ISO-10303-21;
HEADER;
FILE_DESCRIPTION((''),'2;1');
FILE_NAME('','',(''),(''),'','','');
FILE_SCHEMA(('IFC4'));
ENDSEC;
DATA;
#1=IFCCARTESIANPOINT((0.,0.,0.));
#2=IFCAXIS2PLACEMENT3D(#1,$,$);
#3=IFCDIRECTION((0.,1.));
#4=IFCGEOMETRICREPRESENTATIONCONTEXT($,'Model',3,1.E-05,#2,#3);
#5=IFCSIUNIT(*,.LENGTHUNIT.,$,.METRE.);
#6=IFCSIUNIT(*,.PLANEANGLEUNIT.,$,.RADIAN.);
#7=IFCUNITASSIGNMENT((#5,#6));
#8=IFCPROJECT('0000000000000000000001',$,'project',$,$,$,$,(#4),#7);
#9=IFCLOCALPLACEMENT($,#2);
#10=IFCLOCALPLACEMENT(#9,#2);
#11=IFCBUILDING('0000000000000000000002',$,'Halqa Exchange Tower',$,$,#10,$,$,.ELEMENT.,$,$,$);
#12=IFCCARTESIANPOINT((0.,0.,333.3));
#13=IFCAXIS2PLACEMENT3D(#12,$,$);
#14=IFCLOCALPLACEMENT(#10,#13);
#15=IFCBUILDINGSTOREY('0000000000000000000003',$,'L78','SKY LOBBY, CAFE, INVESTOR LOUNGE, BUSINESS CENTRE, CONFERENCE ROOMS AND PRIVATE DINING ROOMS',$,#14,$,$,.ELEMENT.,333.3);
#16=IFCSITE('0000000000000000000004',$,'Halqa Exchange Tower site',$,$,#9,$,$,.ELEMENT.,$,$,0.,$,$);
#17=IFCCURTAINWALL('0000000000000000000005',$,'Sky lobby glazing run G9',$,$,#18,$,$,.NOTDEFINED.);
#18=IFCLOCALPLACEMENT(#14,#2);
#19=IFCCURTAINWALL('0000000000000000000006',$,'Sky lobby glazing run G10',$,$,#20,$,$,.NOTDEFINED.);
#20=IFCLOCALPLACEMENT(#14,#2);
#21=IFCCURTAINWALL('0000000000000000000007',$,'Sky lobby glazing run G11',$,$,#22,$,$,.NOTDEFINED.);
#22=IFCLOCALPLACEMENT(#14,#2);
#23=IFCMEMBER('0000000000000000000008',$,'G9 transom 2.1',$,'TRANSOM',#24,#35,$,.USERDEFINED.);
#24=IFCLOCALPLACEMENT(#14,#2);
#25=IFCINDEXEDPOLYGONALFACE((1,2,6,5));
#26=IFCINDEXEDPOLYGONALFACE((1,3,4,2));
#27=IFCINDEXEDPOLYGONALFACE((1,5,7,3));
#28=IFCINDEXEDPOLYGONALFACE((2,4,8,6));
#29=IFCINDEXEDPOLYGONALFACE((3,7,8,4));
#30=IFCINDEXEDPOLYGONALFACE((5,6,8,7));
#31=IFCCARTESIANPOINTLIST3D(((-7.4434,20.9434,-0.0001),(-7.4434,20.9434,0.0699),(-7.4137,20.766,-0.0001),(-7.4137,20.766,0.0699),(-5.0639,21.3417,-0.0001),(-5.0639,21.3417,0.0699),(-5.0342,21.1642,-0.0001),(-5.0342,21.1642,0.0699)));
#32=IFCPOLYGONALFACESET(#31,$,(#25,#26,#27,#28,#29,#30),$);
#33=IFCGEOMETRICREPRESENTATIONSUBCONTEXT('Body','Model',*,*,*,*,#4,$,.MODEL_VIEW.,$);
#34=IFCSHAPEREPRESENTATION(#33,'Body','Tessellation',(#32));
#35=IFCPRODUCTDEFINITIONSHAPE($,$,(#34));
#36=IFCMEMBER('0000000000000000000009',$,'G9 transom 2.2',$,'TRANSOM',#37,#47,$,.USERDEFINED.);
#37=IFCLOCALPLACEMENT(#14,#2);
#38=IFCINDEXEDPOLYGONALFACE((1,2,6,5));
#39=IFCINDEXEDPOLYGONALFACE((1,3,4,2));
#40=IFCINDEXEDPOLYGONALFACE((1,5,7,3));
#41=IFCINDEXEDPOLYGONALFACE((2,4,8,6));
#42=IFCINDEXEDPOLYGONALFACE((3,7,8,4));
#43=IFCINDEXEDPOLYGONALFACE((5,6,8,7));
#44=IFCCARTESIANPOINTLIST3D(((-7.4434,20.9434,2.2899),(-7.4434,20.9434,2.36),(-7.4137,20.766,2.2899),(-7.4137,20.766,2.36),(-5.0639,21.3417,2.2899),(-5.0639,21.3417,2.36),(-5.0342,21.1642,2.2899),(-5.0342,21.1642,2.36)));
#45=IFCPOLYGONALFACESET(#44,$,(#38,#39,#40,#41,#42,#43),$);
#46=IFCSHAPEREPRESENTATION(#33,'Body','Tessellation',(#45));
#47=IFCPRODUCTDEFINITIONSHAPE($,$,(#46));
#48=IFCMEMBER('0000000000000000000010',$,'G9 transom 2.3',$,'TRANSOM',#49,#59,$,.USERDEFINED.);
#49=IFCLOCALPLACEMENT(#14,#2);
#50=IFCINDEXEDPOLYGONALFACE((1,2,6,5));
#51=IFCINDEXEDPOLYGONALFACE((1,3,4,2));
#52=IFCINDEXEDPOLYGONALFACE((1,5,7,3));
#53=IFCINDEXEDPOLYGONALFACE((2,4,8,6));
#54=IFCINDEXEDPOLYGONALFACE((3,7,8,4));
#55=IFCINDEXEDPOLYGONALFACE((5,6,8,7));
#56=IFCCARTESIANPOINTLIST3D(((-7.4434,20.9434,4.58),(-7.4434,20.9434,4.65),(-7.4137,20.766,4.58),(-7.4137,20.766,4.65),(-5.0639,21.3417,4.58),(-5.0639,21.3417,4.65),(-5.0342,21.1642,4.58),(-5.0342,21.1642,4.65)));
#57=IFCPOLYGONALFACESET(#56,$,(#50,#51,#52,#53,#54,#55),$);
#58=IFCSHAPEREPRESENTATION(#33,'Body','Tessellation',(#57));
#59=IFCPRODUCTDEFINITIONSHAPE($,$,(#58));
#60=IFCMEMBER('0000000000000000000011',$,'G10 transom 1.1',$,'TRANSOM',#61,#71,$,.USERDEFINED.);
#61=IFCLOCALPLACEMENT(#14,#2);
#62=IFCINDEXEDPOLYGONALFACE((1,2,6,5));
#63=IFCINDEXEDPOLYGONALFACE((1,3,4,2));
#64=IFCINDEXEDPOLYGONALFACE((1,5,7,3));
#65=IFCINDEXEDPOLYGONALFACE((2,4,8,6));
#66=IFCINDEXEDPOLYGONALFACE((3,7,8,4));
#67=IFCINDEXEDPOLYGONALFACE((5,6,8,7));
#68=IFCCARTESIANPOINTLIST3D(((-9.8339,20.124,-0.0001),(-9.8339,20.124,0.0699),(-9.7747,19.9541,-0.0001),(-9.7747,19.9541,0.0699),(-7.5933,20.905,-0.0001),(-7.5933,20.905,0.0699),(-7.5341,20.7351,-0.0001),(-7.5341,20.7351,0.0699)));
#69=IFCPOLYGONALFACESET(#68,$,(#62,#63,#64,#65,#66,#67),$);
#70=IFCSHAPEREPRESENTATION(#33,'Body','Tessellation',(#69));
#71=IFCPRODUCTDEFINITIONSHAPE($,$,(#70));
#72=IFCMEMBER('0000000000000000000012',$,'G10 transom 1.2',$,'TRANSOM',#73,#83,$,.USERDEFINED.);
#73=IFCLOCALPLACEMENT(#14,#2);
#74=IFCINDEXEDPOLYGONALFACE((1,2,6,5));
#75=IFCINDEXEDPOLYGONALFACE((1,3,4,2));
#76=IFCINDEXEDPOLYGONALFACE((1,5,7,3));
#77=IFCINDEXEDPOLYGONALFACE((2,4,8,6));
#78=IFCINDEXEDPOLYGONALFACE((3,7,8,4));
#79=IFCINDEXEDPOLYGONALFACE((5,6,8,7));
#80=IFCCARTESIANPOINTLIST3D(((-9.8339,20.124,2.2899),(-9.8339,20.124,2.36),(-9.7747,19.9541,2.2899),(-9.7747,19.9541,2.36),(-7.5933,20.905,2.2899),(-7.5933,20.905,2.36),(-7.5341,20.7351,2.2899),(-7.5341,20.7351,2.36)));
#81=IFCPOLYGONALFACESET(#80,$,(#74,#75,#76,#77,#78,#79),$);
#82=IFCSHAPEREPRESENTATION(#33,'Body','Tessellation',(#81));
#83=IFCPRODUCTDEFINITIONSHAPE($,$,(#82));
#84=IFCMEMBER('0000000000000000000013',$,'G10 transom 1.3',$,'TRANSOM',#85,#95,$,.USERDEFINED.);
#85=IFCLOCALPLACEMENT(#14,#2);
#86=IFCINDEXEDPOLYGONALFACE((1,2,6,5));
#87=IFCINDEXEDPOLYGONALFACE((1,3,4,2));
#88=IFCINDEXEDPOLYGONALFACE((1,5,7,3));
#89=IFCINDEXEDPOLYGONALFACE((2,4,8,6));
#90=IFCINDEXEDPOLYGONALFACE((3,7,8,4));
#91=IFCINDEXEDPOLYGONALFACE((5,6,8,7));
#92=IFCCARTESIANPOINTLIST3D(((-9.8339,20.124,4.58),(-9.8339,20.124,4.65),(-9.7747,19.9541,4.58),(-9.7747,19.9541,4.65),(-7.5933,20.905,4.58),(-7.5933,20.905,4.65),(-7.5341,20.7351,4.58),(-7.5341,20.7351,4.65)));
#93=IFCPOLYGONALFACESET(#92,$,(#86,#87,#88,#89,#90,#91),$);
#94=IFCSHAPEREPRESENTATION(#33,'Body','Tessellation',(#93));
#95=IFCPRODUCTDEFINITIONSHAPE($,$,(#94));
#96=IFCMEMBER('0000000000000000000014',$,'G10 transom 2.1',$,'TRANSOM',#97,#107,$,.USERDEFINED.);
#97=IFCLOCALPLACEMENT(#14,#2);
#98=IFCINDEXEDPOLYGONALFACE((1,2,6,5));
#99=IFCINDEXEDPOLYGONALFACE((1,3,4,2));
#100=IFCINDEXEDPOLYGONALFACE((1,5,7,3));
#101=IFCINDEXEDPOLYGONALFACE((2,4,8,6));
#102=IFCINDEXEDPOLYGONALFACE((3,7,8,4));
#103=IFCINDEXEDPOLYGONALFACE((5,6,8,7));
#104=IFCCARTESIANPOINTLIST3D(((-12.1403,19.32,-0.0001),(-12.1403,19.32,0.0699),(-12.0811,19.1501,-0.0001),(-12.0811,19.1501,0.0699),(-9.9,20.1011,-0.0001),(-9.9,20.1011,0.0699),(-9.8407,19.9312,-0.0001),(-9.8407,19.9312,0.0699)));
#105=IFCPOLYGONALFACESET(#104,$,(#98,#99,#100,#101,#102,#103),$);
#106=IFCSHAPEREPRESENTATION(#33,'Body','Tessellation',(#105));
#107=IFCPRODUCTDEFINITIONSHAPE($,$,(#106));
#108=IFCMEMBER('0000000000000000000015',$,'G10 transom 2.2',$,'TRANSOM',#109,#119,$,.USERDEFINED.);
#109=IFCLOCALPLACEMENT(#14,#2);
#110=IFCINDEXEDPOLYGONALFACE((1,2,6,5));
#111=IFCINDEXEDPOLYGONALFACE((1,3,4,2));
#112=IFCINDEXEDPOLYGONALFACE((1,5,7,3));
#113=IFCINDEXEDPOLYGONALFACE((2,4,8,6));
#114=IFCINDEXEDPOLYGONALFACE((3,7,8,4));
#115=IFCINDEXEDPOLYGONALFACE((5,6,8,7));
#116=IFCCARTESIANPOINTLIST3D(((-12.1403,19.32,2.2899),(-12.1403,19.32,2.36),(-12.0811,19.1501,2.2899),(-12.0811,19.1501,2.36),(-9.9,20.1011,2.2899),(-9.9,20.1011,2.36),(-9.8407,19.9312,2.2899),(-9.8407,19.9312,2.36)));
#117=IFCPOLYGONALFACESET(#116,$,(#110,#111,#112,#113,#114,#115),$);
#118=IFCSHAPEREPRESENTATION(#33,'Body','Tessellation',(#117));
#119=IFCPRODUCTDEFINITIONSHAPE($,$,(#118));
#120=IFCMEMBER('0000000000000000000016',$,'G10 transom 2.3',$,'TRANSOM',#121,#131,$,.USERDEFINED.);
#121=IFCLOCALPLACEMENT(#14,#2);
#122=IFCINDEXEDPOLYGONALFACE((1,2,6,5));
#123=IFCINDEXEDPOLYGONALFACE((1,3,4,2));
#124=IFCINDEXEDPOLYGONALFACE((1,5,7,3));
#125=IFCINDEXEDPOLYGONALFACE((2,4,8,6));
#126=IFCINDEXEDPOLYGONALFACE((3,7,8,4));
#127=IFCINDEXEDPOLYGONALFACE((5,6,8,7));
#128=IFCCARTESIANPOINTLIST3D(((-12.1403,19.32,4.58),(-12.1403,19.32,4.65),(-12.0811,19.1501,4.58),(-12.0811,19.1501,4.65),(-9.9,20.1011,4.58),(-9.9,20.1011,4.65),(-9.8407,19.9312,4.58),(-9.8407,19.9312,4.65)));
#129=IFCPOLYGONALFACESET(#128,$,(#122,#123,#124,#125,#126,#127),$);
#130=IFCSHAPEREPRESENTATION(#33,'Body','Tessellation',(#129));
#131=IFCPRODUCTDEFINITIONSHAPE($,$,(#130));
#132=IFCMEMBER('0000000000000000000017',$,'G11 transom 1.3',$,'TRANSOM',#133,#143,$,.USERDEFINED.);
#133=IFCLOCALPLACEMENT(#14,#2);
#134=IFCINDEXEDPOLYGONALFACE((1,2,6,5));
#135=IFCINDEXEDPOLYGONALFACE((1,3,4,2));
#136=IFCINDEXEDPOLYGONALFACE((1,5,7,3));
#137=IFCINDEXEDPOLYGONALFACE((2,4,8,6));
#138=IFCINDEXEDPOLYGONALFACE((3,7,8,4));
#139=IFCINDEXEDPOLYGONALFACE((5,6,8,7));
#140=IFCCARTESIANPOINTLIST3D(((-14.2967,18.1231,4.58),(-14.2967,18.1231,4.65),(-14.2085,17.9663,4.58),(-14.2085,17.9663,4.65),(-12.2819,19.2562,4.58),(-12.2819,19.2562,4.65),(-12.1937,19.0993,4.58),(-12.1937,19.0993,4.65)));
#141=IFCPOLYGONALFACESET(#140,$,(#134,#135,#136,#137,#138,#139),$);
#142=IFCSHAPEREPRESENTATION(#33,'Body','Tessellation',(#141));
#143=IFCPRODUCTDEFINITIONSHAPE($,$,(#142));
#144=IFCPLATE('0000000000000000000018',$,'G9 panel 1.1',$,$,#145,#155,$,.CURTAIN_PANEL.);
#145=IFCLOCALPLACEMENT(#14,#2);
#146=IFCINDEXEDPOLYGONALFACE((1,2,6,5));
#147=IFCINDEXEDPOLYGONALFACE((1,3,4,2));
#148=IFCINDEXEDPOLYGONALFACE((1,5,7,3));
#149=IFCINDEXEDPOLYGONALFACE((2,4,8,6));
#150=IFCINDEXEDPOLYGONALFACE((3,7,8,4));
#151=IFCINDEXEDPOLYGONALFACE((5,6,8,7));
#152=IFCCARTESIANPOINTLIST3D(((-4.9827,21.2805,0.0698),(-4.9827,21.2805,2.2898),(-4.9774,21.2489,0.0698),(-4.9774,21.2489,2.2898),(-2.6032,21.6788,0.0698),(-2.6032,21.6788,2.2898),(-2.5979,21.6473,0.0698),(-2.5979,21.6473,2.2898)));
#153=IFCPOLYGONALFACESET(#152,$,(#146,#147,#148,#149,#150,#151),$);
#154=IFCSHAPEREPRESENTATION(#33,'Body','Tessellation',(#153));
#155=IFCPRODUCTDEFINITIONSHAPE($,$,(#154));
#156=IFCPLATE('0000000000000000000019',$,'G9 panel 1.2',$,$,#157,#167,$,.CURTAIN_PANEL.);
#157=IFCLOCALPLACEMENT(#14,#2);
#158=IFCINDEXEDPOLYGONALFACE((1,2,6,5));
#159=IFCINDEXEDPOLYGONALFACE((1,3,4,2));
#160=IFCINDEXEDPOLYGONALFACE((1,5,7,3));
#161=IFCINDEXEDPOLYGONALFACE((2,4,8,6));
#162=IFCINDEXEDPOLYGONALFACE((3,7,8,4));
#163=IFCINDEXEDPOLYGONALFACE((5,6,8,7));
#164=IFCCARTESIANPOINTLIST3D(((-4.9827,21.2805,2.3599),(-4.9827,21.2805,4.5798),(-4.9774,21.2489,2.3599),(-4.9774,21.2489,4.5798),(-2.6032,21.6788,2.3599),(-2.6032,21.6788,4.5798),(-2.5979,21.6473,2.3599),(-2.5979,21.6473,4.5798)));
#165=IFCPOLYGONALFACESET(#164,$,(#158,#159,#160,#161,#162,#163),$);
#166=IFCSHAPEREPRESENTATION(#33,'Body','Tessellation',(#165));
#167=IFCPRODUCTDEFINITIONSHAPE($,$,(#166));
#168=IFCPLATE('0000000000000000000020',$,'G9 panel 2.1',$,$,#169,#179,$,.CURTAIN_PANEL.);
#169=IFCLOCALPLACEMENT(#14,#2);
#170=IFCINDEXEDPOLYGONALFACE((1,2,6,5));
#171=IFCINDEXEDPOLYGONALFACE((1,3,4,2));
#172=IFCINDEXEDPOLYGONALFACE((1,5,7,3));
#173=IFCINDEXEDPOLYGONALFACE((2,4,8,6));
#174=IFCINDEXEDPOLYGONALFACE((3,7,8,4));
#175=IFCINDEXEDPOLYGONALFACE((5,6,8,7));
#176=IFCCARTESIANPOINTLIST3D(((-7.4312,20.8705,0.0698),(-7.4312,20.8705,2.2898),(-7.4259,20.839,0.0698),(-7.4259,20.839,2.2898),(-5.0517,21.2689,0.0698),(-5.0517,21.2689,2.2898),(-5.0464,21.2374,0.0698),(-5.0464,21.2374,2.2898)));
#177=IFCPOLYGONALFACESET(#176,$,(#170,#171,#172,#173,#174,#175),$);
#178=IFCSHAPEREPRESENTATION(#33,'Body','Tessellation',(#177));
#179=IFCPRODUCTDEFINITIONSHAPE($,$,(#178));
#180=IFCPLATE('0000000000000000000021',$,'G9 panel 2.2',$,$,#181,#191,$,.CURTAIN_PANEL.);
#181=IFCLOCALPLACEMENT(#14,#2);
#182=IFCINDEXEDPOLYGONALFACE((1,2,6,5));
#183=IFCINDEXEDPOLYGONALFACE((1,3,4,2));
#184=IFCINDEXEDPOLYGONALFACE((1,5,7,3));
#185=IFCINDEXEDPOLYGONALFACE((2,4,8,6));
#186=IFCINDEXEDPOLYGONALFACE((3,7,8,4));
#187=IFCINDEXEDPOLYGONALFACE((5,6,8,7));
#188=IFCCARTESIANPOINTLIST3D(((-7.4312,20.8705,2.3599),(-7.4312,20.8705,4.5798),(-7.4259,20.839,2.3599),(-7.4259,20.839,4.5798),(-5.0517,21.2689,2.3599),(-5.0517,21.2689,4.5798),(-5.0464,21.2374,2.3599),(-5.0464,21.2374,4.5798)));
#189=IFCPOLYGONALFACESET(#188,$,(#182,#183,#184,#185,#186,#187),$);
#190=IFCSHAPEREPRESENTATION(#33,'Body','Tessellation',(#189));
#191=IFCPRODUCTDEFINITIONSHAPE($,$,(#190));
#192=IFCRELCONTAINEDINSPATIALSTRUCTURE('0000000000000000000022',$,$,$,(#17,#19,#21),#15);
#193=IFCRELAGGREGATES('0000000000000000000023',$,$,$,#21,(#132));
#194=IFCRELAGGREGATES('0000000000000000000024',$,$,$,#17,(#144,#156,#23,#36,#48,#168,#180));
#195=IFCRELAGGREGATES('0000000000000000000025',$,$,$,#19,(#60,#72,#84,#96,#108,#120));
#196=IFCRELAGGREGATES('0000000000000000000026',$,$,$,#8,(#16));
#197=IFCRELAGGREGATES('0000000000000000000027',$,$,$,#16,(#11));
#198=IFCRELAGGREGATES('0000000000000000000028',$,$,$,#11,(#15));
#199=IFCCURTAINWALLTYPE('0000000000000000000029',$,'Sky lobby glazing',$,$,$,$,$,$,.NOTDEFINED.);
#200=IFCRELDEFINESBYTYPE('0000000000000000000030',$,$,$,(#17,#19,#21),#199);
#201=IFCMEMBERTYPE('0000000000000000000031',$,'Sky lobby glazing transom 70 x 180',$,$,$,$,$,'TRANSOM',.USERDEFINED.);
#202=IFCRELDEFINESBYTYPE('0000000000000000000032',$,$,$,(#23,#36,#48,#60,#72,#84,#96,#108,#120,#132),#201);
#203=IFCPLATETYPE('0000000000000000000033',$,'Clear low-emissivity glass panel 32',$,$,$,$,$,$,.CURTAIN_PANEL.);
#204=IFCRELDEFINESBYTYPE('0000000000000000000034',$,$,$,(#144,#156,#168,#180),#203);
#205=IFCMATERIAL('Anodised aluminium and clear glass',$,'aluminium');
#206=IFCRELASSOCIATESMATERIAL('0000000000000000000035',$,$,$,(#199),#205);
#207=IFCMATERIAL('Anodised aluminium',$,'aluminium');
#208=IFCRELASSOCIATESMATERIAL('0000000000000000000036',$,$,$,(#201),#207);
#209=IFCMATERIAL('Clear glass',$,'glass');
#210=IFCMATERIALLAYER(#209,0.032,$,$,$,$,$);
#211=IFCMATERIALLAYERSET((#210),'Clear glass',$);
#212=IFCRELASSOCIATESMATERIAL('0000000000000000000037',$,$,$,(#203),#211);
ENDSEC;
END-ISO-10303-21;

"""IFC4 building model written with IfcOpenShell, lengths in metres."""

from ifc_helpers import new_model, si_unit, direction, frame, origin, origin_2d, place, context, subcontext, project, spatial, rectangle, extrude, material, layer, layer_set, material_profile, profile_set, type_object, element, aggregate, save


model = new_model("IFC4")

# Units and contexts
model_context = context("Model", 3, precision=1e-05, world=origin(), true_north=direction((0.0, 1.0)))
body_context = subcontext(model_context, "Body", "Model", "MODEL_VIEW")
ifc_project = project(units=[si_unit("LENGTHUNIT", "METRE"), si_unit("PLANEANGLEUNIT", "RADIAN")], contexts=[model_context])

# Site, building, storey
site_placement = place(None, origin())
site = spatial("IfcSite", under=ifc_project, at=site_placement, Name="Halqa Exchange Tower site", CompositionType="ELEMENT", RefElevation=0.0)
building_placement = place(site_placement, origin())
building = spatial("IfcBuilding", under=site, at=building_placement, Name="Halqa Exchange Tower", CompositionType="ELEMENT")
storey_placement = place(building_placement, frame((0.0, 0.0, 333.3)))
storey = spatial("IfcBuildingStorey", under=building, at=storey_placement, Name="L78", Description="SKY LOBBY, CAFE, INVESTOR LOUNGE, BUSINESS CENTRE, CONFERENCE ROOMS AND PRIVATE DINING ROOMS", CompositionType="ELEMENT", Elevation=333.3)

# Curtain walls
ifc_material_1 = material(Name="Anodised aluminium and clear glass", Category="aluminium")
curtain_wall_type = type_object("IfcCurtainWallType", Name="Sky lobby glazing", PredefinedType="NOTDEFINED", material=ifc_material_1)
curtain_wall_1_placement = place(storey_placement, origin())
curtain_wall_1 = element("IfcCurtainWall", 1, at=curtain_wall_1_placement, inside=storey, type_object=curtain_wall_type, Name="Sky lobby glazing run G9", PredefinedType="NOTDEFINED")
ifc_material_2 = material(Name="Anodised aluminium", Category="aluminium")
curtain_wall_2_placement = place(storey_placement, origin())
curtain_wall_2 = element("IfcCurtainWall", 2, at=curtain_wall_2_placement, inside=storey, type_object=curtain_wall_type, Name="Sky lobby glazing run G10", PredefinedType="NOTDEFINED")

# Curtain wall
curtain_wall_3_placement = place(storey_placement, origin())
curtain_wall_3 = element("IfcCurtainWall", 3, at=curtain_wall_3_placement, inside=storey, type_object=curtain_wall_type, Name="Sky lobby glazing run G11", PredefinedType="NOTDEFINED")

# Members
ifc_material_profile_1 = material_profile(ifc_material_2, rectangle(XDim=0.1799, YDim=0.0701, at=origin_2d()), Name="AL 70x180")
ifc_profile_set_1 = profile_set([ifc_material_profile_1], Name="Anodised aluminium")
member_type_1 = type_object("IfcMemberType", Name="Sky lobby glazing transom 70 x 180", ElementType="TRANSOM", PredefinedType="USERDEFINED", material=ifc_profile_set_1)
member_1_placement = place(storey_placement, frame((-5.0491, 21.2529, 0.0349), z_axis=(-0.986284, -0.165055, 0.0), x_axis=(0.165055, -0.986284, 0.0)))
member_1 = element("IfcMember", 4, at=member_1_placement, type_object=member_type_1, Name="G9 transom 2.1", ObjectType="TRANSOM", PredefinedType="USERDEFINED", context=body_context, shape_type="SweptSolid", body=[
    extrude(rectangle(XDim=0.1799, YDim=0.0701, at=origin_2d()), origin(), (0.0, 0.0, 1.0), 2.4126),
])
member_2_placement = place(storey_placement, frame((-5.0491, 21.2529, 2.325), z_axis=(-0.986284, -0.165055, 0.0), x_axis=(0.165055, -0.986284, 0.0)))
member_2 = element("IfcMember", 5, at=member_2_placement, type_object=member_type_1, Name="G9 transom 2.2", ObjectType="TRANSOM", PredefinedType="USERDEFINED", context=body_context, shape_type="SweptSolid", body=[
    extrude(rectangle(XDim=0.1799, YDim=0.0701, at=origin_2d()), origin(), (0.0, 0.0, 1.0), 2.4126),
])
member_3_placement = place(storey_placement, frame((-5.0491, 21.2529, 4.615), z_axis=(-0.986284, -0.165055, 0.0), x_axis=(0.165055, -0.986284, 0.0)))
member_3 = element("IfcMember", 6, at=member_3_placement, type_object=member_type_1, Name="G9 transom 2.3", ObjectType="TRANSOM", PredefinedType="USERDEFINED", context=body_context, shape_type="SweptSolid", body=[
    extrude(rectangle(XDim=0.1799, YDim=0.0701, at=origin_2d()), origin(), (0.0, 0.0, 1.0), 2.4126),
])
member_4_placement = place(storey_placement, frame((-7.5637, 20.8201, 0.0349), z_axis=(-0.944273, -0.329163, 0.0), x_axis=(0.329163, -0.944273, 0.0)))
member_4 = element("IfcMember", 7, at=member_4_placement, type_object=member_type_1, Name="G10 transom 1.1", ObjectType="TRANSOM", PredefinedType="USERDEFINED", context=body_context, shape_type="SweptSolid", body=[
    extrude(rectangle(XDim=0.1799, YDim=0.0701, at=origin_2d()), origin(), (0.0, 0.0, 1.0), 2.3728),
])
member_5_placement = place(storey_placement, frame((-7.5637, 20.8201, 2.325), z_axis=(-0.944273, -0.329163, 0.0), x_axis=(0.329163, -0.944273, 0.0)))
member_5 = element("IfcMember", 8, at=member_5_placement, type_object=member_type_1, Name="G10 transom 1.2", ObjectType="TRANSOM", PredefinedType="USERDEFINED", context=body_context, shape_type="SweptSolid", body=[
    extrude(rectangle(XDim=0.1799, YDim=0.0701, at=origin_2d()), origin(), (0.0, 0.0, 1.0), 2.3728),
])
member_6_placement = place(storey_placement, frame((-7.5637, 20.8201, 4.615), z_axis=(-0.944273, -0.329163, 0.0), x_axis=(0.329163, -0.944273, 0.0)))
member_6 = element("IfcMember", 9, at=member_6_placement, type_object=member_type_1, Name="G10 transom 1.3", ObjectType="TRANSOM", PredefinedType="USERDEFINED", context=body_context, shape_type="SweptSolid", body=[
    extrude(rectangle(XDim=0.1799, YDim=0.0701, at=origin_2d()), origin(), (0.0, 0.0, 1.0), 2.3728),
])
member_7_placement = place(storey_placement, frame((-9.8704, 20.0161, 0.0349), z_axis=(-0.944262, -0.329195, 0.0), x_axis=(0.329195, -0.944262, 0.0)))
member_7 = element("IfcMember", 10, at=member_7_placement, type_object=member_type_1, Name="G10 transom 2.1", ObjectType="TRANSOM", PredefinedType="USERDEFINED", context=body_context, shape_type="SweptSolid", body=[
    extrude(rectangle(XDim=0.1799, YDim=0.0701, at=origin_2d()), origin(), (0.0, 0.0, 1.0), 2.3726),
])
member_8_placement = place(storey_placement, frame((-9.8704, 20.0161, 2.325), z_axis=(-0.944262, -0.329195, 0.0), x_axis=(0.329195, -0.944262, 0.0)))
member_8 = element("IfcMember", 11, at=member_8_placement, type_object=member_type_1, Name="G10 transom 2.2", ObjectType="TRANSOM", PredefinedType="USERDEFINED", context=body_context, shape_type="SweptSolid", body=[
    extrude(rectangle(XDim=0.1799, YDim=0.0701, at=origin_2d()), origin(), (0.0, 0.0, 1.0), 2.3726),
])
member_9_placement = place(storey_placement, frame((-9.8704, 20.0161, 4.615), z_axis=(-0.944262, -0.329195, 0.0), x_axis=(0.329195, -0.944262, 0.0)))
member_9 = element("IfcMember", 12, at=member_9_placement, type_object=member_type_1, Name="G10 transom 2.3", ObjectType="TRANSOM", PredefinedType="USERDEFINED", context=body_context, shape_type="SweptSolid", body=[
    extrude(rectangle(XDim=0.1799, YDim=0.0701, at=origin_2d()), origin(), (0.0, 0.0, 1.0), 2.3726),
])
member_10_placement = place(storey_placement, frame((-12.2378, 19.1777, 4.615), z_axis=(-0.871635, -0.490156, 0.0), x_axis=(0.490156, -0.871635, 0.0)))
member_10 = element("IfcMember", 13, at=member_10_placement, type_object=member_type_1, Name="G11 transom 1.3", ObjectType="TRANSOM", PredefinedType="USERDEFINED", context=body_context, shape_type="SweptSolid", body=[
    extrude(rectangle(XDim=0.1799, YDim=0.0701, at=origin_2d()), origin(), (0.0, 0.0, 1.0), 2.3115),
])
aggregate(curtain_wall_3, [member_10])

# Plates
ifc_material_3 = material(Name="Clear glass", Category="glass")
ifc_layer = layer(ifc_material_3, 0.032)
ifc_layer_set = layer_set([ifc_layer], Name="Clear glass")
plate_type = type_object("IfcPlateType", Name="Clear low-emissivity glass panel 32", PredefinedType="CURTAIN_PANEL", material=ifc_layer_set)
plate_1_placement = place(storey_placement, frame((-3.7903, 21.4639, 0.0698), z_axis=(0.0, 0.0, 1.0), x_axis=(-0.986274, -0.165117, 0.0)))
plate_1 = element("IfcPlate", 14, at=plate_1_placement, type_object=plate_type, Name="G9 panel 1.1", PredefinedType="CURTAIN_PANEL", context=body_context, shape_type="SweptSolid", body=[
    extrude(rectangle(XDim=2.4126, YDim=0.032, at=origin_2d()), origin(), (0.0, 0.0, 1.0), 2.22),
])
plate_2_placement = place(storey_placement, frame((-3.7903, 21.4639, 2.3599), z_axis=(0.0, 0.0, 1.0), x_axis=(-0.986274, -0.165117, 0.0)))
plate_2 = element("IfcPlate", 15, at=plate_2_placement, type_object=plate_type, Name="G9 panel 1.2", PredefinedType="CURTAIN_PANEL", context=body_context, shape_type="SweptSolid", body=[
    extrude(rectangle(XDim=2.4126, YDim=0.032, at=origin_2d()), origin(), (0.0, 0.0, 1.0), 2.22),
])
plate_3_placement = place(storey_placement, frame((-6.2388, 21.054, 0.0698), z_axis=(0.0, 0.0, 1.0), x_axis=(-0.986274, -0.165117, 0.0)))
plate_3 = element("IfcPlate", 16, at=plate_3_placement, type_object=plate_type, Name="G9 panel 2.1", PredefinedType="CURTAIN_PANEL", context=body_context, shape_type="SweptSolid", body=[
    extrude(rectangle(XDim=2.4126, YDim=0.032, at=origin_2d()), origin(), (0.0, 0.0, 1.0), 2.22),
])
plate_4_placement = place(storey_placement, frame((-6.2388, 21.054, 2.3599), z_axis=(0.0, 0.0, 1.0), x_axis=(-0.986274, -0.165117, 0.0)))
plate_4 = element("IfcPlate", 17, at=plate_4_placement, type_object=plate_type, Name="G9 panel 2.2", PredefinedType="CURTAIN_PANEL", context=body_context, shape_type="SweptSolid", body=[
    extrude(rectangle(XDim=2.4126, YDim=0.032, at=origin_2d()), origin(), (0.0, 0.0, 1.0), 2.22),
])
aggregate(curtain_wall_1, [plate_1, plate_2, member_1, member_2, member_3, plate_3, plate_4])
aggregate(curtain_wall_2, [member_4, member_5, member_6, member_7, member_8, member_9])

save(model, "model.ifc")
